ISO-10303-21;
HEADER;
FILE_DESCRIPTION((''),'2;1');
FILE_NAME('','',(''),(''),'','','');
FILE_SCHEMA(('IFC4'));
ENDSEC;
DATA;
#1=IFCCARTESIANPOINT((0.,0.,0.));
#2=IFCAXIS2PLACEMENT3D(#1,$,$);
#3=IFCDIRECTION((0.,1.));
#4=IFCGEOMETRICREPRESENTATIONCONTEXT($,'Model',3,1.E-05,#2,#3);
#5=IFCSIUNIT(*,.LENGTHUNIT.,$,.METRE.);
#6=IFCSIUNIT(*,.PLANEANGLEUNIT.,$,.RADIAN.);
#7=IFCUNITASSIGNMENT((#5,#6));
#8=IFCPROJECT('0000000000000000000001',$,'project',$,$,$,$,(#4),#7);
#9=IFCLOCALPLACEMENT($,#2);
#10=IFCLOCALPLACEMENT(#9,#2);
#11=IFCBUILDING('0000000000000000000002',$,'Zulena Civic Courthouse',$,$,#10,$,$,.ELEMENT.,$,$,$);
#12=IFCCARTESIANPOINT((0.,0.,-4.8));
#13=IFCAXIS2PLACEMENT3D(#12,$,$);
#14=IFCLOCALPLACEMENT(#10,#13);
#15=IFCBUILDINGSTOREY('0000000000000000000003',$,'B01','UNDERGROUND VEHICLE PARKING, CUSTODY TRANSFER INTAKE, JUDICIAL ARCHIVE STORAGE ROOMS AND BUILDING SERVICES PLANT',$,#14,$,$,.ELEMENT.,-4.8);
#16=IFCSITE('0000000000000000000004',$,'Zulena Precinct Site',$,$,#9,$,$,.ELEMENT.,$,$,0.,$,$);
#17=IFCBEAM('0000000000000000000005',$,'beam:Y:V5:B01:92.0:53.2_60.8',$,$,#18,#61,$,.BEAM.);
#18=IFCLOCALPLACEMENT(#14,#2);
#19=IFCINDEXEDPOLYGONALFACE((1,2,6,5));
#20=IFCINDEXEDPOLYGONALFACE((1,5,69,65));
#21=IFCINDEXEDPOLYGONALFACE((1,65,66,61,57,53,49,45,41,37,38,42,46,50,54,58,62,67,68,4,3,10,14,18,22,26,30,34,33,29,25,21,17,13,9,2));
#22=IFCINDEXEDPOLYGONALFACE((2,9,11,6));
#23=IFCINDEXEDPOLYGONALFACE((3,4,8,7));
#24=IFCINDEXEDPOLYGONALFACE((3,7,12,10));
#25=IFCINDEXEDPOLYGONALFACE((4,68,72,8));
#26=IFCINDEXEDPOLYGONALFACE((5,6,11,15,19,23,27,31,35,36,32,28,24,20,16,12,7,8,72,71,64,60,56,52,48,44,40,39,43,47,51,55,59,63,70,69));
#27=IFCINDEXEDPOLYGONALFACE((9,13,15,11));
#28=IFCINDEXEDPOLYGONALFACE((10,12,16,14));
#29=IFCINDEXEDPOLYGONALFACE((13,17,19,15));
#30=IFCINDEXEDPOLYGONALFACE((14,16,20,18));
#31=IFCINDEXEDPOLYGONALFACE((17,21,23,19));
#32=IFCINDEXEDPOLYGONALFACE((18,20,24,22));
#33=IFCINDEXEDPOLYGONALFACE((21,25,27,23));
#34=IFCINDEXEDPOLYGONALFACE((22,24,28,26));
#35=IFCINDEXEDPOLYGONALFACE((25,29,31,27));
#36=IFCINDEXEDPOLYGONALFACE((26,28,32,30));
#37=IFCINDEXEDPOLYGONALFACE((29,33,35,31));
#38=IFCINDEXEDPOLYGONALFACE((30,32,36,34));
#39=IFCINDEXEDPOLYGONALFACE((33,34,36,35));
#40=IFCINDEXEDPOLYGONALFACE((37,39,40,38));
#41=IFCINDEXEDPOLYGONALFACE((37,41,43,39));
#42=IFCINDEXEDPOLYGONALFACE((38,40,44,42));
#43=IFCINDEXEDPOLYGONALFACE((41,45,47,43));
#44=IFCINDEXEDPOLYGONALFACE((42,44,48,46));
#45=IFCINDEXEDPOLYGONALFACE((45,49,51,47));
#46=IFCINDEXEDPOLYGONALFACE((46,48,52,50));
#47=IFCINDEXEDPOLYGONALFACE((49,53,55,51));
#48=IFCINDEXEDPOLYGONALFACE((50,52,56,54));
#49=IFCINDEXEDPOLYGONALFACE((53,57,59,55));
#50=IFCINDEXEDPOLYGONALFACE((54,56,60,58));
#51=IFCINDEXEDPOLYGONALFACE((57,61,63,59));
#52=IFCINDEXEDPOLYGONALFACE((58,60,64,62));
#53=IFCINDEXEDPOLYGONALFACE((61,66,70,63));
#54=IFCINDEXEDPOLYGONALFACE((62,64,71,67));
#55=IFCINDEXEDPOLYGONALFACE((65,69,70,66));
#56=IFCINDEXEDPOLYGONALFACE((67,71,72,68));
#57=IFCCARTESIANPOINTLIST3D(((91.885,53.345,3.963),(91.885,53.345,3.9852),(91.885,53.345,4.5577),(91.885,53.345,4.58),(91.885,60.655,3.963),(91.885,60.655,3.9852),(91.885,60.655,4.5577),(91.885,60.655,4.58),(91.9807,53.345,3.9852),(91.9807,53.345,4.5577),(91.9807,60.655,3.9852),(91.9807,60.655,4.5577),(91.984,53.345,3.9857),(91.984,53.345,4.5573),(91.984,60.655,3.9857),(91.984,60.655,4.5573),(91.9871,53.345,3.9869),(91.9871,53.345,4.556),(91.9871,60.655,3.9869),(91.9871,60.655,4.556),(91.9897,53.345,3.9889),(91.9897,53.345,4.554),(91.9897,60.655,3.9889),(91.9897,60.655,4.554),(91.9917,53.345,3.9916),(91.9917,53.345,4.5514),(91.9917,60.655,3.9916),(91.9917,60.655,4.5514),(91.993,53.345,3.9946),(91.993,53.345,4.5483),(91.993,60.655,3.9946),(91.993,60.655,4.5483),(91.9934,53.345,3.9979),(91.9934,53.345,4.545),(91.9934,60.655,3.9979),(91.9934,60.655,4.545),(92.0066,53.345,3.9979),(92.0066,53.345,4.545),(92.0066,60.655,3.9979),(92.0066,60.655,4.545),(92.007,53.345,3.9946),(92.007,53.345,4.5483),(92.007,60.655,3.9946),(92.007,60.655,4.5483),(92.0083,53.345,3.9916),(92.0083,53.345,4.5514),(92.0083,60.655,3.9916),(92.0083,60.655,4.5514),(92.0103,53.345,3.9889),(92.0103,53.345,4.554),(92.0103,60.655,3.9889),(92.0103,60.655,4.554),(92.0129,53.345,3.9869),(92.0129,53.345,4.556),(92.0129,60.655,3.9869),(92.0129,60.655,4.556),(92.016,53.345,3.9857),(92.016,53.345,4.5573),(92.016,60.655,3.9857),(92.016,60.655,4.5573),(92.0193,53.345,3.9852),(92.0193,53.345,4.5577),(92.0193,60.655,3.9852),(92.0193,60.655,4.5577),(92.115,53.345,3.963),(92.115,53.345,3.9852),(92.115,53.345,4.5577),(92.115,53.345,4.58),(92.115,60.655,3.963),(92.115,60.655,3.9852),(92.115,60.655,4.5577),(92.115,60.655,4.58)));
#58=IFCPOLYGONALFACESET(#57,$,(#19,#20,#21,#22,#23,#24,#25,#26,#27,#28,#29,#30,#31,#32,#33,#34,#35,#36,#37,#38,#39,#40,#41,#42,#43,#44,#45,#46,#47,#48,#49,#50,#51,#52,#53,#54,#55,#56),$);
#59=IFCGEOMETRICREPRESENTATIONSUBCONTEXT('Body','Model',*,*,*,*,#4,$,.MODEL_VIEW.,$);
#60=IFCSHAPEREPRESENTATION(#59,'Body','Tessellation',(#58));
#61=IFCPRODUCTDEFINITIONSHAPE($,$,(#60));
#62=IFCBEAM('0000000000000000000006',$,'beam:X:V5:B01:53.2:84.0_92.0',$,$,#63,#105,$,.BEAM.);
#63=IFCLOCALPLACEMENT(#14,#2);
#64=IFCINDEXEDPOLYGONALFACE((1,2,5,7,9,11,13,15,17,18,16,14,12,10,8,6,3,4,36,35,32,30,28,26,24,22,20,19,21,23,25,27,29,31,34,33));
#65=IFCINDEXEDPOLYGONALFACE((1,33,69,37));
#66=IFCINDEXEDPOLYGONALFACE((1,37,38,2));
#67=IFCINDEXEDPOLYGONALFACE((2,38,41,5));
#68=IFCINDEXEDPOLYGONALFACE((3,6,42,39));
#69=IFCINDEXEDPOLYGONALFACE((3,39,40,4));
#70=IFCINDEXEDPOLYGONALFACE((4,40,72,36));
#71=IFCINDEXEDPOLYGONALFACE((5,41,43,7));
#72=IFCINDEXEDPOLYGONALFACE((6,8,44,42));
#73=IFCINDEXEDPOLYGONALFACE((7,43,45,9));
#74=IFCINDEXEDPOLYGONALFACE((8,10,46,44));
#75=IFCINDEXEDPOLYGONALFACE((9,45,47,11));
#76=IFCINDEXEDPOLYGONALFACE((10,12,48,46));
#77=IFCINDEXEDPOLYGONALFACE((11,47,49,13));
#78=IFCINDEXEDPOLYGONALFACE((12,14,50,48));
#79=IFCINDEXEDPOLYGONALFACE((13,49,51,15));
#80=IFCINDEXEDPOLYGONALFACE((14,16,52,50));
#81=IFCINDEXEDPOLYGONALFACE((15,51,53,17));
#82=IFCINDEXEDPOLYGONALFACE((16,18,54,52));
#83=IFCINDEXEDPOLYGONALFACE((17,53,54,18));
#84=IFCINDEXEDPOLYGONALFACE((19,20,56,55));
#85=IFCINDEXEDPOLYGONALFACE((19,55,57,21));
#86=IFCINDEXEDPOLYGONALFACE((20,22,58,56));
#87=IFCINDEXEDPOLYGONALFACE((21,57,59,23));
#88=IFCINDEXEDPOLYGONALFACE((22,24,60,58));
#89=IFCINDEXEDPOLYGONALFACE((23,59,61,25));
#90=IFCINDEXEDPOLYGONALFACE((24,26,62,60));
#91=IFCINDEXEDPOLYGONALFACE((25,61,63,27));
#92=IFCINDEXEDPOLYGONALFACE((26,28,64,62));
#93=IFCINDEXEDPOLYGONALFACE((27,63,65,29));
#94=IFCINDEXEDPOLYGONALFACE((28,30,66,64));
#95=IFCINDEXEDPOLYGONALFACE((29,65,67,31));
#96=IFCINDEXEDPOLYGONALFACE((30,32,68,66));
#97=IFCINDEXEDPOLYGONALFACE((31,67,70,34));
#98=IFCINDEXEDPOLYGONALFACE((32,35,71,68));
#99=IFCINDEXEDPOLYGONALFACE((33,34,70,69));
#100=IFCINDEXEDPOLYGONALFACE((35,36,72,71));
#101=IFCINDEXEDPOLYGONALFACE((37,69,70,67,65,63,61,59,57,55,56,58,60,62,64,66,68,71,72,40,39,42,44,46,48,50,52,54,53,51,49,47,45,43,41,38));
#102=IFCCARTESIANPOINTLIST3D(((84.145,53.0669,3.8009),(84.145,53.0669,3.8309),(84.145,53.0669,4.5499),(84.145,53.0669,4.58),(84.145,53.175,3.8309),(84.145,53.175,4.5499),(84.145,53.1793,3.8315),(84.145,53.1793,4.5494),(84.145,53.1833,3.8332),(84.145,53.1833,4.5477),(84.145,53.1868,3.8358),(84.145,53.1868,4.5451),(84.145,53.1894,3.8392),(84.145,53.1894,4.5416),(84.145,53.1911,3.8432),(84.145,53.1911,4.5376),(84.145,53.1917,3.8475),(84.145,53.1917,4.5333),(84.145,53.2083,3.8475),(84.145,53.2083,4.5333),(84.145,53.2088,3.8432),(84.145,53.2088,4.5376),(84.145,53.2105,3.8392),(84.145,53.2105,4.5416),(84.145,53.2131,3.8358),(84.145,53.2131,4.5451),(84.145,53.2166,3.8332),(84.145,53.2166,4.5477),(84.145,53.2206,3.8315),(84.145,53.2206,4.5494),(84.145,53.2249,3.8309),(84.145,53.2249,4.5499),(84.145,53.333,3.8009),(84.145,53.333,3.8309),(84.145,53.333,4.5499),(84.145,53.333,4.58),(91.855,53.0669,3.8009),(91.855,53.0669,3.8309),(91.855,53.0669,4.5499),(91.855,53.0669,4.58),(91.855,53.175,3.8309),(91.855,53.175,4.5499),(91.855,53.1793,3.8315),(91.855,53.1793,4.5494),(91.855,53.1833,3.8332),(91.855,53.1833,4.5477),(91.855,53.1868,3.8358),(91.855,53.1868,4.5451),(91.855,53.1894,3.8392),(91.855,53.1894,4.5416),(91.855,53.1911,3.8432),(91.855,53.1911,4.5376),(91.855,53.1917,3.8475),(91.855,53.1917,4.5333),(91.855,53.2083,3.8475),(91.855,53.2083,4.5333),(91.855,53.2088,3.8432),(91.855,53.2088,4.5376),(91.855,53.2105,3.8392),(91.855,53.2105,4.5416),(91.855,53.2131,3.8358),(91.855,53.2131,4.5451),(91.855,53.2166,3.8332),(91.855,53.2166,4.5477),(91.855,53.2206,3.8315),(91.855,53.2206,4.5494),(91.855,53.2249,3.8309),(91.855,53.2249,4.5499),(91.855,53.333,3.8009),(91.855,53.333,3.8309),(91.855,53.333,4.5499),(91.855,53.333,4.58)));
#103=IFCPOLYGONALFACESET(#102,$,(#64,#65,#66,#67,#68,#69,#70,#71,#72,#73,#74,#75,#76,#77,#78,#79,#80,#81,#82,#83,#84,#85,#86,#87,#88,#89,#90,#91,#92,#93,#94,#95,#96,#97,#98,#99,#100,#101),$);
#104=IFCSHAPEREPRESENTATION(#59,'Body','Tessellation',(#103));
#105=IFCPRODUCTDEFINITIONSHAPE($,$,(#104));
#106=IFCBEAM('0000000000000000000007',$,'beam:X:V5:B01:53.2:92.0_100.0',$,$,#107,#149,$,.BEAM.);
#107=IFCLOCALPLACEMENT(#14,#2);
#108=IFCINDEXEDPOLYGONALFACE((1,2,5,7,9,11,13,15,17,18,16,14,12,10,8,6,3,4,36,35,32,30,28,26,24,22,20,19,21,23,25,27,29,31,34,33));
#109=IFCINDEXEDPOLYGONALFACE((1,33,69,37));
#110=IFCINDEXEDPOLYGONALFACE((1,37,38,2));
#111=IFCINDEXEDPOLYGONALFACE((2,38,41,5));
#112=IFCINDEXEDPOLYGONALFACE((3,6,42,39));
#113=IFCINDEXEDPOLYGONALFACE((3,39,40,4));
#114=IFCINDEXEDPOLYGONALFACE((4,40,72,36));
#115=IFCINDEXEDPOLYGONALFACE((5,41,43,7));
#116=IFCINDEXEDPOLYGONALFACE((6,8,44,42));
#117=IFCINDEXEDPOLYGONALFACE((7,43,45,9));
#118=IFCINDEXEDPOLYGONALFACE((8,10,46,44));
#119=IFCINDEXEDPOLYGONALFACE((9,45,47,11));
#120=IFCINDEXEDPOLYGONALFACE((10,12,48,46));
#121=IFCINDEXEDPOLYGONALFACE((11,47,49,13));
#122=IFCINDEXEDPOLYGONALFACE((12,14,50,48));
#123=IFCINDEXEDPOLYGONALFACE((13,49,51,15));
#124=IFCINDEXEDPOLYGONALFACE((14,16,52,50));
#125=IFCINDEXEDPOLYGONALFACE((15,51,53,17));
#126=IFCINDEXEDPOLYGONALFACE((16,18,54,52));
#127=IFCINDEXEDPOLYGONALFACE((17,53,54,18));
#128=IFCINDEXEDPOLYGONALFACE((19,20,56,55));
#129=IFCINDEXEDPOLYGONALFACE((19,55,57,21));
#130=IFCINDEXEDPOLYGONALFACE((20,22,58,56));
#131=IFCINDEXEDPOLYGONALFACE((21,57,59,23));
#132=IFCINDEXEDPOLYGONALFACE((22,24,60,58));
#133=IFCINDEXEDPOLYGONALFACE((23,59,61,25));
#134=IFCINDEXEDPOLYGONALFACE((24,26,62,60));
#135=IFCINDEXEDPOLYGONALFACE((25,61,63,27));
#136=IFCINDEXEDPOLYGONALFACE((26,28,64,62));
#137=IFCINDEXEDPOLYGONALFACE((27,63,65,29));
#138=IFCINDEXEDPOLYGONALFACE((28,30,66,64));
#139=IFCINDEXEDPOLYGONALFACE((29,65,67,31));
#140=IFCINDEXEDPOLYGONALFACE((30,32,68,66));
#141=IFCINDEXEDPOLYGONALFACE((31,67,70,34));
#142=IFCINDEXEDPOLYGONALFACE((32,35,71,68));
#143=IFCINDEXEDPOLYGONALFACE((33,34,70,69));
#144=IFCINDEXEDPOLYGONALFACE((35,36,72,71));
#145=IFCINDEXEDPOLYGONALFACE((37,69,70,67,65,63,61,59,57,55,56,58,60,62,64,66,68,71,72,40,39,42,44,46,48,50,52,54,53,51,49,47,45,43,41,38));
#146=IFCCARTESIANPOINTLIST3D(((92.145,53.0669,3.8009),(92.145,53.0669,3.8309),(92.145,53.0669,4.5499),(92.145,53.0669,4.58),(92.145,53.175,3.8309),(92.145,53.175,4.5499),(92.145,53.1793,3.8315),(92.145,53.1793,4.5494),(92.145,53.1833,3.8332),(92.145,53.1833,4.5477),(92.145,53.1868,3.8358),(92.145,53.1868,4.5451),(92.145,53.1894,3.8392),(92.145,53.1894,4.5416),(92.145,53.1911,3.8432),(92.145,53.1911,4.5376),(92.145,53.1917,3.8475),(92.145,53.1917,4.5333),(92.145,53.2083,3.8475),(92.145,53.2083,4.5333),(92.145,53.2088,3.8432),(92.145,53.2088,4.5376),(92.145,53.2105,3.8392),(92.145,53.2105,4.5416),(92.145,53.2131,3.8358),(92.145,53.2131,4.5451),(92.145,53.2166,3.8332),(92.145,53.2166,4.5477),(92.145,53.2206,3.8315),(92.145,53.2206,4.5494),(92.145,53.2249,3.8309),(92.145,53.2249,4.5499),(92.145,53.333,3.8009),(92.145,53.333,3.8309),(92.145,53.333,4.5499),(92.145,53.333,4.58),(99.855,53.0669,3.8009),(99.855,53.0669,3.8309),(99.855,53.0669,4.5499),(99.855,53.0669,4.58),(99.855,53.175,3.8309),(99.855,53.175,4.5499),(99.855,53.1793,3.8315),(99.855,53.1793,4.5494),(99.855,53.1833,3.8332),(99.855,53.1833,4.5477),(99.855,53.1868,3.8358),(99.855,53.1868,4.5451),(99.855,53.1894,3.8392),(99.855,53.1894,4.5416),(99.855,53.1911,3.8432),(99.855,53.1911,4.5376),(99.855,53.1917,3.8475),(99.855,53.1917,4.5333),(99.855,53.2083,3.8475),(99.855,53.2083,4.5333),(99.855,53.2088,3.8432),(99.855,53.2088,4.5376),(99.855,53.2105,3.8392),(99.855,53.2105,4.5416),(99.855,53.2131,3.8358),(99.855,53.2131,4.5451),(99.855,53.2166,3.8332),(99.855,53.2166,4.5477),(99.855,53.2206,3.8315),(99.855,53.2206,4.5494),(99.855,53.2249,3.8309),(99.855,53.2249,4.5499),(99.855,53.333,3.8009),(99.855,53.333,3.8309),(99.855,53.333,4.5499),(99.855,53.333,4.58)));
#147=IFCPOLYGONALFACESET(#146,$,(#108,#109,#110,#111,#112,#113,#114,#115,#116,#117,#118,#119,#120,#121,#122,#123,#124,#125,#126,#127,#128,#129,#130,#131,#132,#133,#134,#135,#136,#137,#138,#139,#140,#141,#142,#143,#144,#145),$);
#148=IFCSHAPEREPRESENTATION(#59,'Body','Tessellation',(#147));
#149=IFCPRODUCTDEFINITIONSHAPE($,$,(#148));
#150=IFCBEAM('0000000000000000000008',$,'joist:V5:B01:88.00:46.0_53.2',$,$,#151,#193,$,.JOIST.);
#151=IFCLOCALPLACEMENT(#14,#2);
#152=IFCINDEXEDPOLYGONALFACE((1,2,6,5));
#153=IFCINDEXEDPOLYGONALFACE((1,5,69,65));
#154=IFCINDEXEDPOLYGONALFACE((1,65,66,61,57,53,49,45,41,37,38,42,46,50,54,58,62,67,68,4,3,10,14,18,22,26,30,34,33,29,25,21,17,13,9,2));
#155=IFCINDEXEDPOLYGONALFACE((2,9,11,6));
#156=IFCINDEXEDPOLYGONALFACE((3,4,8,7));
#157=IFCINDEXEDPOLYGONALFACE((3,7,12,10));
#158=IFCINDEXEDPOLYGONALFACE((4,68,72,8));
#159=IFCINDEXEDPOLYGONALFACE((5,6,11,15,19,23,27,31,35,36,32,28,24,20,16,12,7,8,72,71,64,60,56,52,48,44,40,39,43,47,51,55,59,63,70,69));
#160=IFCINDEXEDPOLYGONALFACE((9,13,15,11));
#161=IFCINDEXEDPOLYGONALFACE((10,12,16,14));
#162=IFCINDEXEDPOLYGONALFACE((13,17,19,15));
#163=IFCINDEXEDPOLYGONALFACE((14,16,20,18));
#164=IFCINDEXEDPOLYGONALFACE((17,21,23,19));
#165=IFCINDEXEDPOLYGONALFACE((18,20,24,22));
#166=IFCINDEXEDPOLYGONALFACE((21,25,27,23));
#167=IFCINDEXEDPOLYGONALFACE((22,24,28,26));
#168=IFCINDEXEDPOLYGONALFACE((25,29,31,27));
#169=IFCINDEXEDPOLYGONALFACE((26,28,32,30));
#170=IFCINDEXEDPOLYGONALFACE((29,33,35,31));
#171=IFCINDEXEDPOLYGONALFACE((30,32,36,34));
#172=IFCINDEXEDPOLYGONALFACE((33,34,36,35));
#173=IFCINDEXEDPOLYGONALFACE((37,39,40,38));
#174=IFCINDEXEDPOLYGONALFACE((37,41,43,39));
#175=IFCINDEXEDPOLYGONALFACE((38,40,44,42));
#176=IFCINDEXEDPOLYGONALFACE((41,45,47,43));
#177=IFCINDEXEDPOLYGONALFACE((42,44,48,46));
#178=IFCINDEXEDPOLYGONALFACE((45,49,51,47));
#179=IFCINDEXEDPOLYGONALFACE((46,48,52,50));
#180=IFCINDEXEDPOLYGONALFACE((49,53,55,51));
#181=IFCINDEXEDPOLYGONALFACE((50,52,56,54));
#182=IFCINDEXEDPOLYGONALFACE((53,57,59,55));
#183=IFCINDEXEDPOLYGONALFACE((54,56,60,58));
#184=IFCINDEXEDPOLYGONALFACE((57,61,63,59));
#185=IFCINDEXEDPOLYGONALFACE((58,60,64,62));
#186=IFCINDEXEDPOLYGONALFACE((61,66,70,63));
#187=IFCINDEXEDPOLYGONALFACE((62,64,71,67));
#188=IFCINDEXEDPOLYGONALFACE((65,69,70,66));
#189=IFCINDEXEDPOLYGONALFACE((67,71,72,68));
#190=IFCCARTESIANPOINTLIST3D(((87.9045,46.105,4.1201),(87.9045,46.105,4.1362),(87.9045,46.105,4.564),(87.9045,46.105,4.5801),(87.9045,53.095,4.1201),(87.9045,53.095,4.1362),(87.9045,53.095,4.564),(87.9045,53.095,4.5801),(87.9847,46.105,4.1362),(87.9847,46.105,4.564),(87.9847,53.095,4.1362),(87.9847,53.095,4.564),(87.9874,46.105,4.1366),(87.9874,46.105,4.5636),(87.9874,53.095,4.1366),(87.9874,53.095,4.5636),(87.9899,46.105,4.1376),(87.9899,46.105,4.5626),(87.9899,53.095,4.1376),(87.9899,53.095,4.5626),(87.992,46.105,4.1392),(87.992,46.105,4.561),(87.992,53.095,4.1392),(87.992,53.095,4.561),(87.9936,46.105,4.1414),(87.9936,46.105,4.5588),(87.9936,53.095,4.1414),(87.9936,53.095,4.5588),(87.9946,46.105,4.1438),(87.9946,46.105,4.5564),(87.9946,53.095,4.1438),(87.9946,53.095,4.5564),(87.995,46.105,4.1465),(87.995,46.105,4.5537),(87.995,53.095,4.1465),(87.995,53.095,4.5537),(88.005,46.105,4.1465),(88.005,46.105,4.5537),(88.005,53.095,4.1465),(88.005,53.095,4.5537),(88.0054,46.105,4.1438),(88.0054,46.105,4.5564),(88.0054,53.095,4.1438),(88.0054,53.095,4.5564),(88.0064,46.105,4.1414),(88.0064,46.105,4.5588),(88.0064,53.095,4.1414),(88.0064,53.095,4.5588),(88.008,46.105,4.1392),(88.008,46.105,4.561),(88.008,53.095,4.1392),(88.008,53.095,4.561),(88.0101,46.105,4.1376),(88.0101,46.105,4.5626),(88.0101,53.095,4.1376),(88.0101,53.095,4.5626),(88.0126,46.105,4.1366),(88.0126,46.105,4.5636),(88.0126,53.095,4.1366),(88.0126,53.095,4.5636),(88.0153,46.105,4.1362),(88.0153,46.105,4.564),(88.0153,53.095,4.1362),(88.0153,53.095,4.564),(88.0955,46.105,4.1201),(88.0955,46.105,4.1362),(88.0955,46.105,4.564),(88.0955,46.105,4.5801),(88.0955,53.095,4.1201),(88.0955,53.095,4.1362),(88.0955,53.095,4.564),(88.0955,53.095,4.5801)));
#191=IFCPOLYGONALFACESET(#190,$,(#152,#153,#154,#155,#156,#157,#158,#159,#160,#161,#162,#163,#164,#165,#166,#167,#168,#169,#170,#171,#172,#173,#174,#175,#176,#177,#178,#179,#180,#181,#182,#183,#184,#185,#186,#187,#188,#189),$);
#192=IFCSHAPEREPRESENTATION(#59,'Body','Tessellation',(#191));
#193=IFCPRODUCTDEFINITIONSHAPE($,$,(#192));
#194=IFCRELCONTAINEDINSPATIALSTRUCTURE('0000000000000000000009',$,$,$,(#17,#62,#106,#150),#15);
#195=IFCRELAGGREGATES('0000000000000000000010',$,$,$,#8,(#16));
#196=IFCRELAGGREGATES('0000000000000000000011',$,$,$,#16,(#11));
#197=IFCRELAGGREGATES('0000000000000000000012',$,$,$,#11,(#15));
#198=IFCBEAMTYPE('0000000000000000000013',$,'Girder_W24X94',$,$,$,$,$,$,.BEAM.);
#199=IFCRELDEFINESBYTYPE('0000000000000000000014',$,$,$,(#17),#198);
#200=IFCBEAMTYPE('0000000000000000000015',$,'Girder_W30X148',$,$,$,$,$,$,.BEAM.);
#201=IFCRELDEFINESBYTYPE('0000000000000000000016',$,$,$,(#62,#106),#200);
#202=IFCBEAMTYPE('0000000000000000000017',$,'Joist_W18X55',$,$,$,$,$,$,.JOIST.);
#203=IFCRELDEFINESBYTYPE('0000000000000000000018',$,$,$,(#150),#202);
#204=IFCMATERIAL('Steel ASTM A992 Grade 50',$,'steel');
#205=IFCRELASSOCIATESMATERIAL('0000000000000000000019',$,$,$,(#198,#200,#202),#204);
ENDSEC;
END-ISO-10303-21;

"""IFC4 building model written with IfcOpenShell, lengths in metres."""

from ifc_helpers import new_model, si_unit, direction, frame, origin, origin_2d, place, context, subcontext, project, spatial, i_section, extrude, material, material_profile, profile_set, type_object, element, save


model = new_model("IFC4")

# Units and contexts
model_context = context("Model", 3, precision=1e-05, world=origin(), true_north=direction((0.0, 1.0)))
body_context = subcontext(model_context, "Body", "Model", "MODEL_VIEW")
ifc_project = project(units=[si_unit("LENGTHUNIT", "METRE"), si_unit("PLANEANGLEUNIT", "RADIAN")], contexts=[model_context])

# Site, building, storey
site_placement = place(None, origin())
site = spatial("IfcSite", under=ifc_project, at=site_placement, Name="Zulena Precinct Site", CompositionType="ELEMENT", RefElevation=0.0)
building_placement = place(site_placement, origin())
building = spatial("IfcBuilding", under=site, at=building_placement, Name="Zulena Civic Courthouse", CompositionType="ELEMENT")
storey_placement = place(building_placement, frame((0.0, 0.0, -4.8)))
storey = spatial("IfcBuildingStorey", under=building, at=storey_placement, Name="B01", Description="UNDERGROUND VEHICLE PARKING, CUSTODY TRANSFER INTAKE, JUDICIAL ARCHIVE STORAGE ROOMS AND BUILDING SERVICES PLANT", CompositionType="ELEMENT", Elevation=-4.8)

# Shared definitions
ifc_material_1 = material(Name="Steel ASTM A992 Grade 50", Category="steel")

# Beams
ifc_material_profile_1 = material_profile(ifc_material_1, i_section(OverallWidth=0.23, OverallDepth=0.6169, WebThickness=0.0132, FlangeThickness=0.0222, FilletRadius=0.0127, at=origin_2d()), Name="W24X94")
ifc_profile_set_1 = profile_set([ifc_material_profile_1], Name="Steel ASTM A992 Grade 50")
beam_type_1 = type_object("IfcBeamType", Name="Girder_W24X94", PredefinedType="BEAM", material=ifc_profile_set_1)
beam_1_placement = place(storey_placement, frame((92.0, 53.345, 4.2715), z_axis=(0.0, 1.0, 0.0), x_axis=(-1.0, 0.0, 0.0)))
element("IfcBeam", 1, at=beam_1_placement, inside=storey, type_object=beam_type_1, Name="beam:Y:V5:B01:92.0:53.2_60.8", PredefinedType="BEAM", context=body_context, shape_type="SweptSolid", body=[
    extrude(i_section(OverallWidth=0.23, OverallDepth=0.6169, WebThickness=0.0132, FlangeThickness=0.0222, FilletRadius=0.0127, at=origin_2d()), origin(), (0.0, 0.0, 1.0), 7.3101),
])
ifc_material_profile_2 = material_profile(ifc_material_1, i_section(OverallWidth=0.2661, OverallDepth=0.7791, WebThickness=0.0166, FlangeThickness=0.03, FilletRadius=0.0166, at=origin_2d()), Name="W30X148")
ifc_profile_set_2 = profile_set([ifc_material_profile_2], Name="Steel ASTM A992 Grade 50")
beam_type_2 = type_object("IfcBeamType", Name="Girder_W30X148", PredefinedType="BEAM", material=ifc_profile_set_2)
for number, where, z_axis, x_axis, name in (
    (2, (84.145, 53.2, 4.1904), (1.0, 0.0, 0.0), (0.0, 1.0, 0.0), "beam:X:V5:B01:53.2:84.0_92.0"),
    (3, (92.145, 53.2, 4.1904), (1.0, 0.0, 0.0), (0.0, 1.0, 0.0), "beam:X:V5:B01:53.2:92.0_100.0"),
):
    element("IfcBeam", number, at=place(storey_placement, frame(where, z_axis=z_axis, x_axis=x_axis)), inside=storey, type_object=beam_type_2, Name=name, PredefinedType="BEAM", context=body_context, shape_type="SweptSolid", body=[
        extrude(i_section(OverallWidth=0.2661, OverallDepth=0.7791, WebThickness=0.0166, FlangeThickness=0.03, FilletRadius=0.0166, at=origin_2d()), origin(), (0.0, 0.0, 1.0), 7.71),
    ])
ifc_material_profile_3 = material_profile(ifc_material_1, i_section(OverallWidth=0.1909, OverallDepth=0.46, WebThickness=0.01, FlangeThickness=0.0161, FilletRadius=0.0103, at=origin_2d()), Name="W18X55")
ifc_profile_set_3 = profile_set([ifc_material_profile_3], Name="Steel ASTM A992 Grade 50")
beam_type_3 = type_object("IfcBeamType", Name="Joist_W18X55", PredefinedType="JOIST", material=ifc_profile_set_3)
beam_2_placement = place(storey_placement, frame((88.0, 46.105, 4.3501), z_axis=(0.0, 1.0, 0.0), x_axis=(-1.0, 0.0, 0.0)))
element("IfcBeam", 4, at=beam_2_placement, inside=storey, type_object=beam_type_3, Name="joist:V5:B01:88.00:46.0_53.2", PredefinedType="JOIST", context=body_context, shape_type="SweptSolid", body=[
    extrude(i_section(OverallWidth=0.1909, OverallDepth=0.46, WebThickness=0.01, FlangeThickness=0.0161, FilletRadius=0.0103, at=origin_2d()), origin(), (0.0, 0.0, 1.0), 6.99),
])

save(model, "model.ifc")
